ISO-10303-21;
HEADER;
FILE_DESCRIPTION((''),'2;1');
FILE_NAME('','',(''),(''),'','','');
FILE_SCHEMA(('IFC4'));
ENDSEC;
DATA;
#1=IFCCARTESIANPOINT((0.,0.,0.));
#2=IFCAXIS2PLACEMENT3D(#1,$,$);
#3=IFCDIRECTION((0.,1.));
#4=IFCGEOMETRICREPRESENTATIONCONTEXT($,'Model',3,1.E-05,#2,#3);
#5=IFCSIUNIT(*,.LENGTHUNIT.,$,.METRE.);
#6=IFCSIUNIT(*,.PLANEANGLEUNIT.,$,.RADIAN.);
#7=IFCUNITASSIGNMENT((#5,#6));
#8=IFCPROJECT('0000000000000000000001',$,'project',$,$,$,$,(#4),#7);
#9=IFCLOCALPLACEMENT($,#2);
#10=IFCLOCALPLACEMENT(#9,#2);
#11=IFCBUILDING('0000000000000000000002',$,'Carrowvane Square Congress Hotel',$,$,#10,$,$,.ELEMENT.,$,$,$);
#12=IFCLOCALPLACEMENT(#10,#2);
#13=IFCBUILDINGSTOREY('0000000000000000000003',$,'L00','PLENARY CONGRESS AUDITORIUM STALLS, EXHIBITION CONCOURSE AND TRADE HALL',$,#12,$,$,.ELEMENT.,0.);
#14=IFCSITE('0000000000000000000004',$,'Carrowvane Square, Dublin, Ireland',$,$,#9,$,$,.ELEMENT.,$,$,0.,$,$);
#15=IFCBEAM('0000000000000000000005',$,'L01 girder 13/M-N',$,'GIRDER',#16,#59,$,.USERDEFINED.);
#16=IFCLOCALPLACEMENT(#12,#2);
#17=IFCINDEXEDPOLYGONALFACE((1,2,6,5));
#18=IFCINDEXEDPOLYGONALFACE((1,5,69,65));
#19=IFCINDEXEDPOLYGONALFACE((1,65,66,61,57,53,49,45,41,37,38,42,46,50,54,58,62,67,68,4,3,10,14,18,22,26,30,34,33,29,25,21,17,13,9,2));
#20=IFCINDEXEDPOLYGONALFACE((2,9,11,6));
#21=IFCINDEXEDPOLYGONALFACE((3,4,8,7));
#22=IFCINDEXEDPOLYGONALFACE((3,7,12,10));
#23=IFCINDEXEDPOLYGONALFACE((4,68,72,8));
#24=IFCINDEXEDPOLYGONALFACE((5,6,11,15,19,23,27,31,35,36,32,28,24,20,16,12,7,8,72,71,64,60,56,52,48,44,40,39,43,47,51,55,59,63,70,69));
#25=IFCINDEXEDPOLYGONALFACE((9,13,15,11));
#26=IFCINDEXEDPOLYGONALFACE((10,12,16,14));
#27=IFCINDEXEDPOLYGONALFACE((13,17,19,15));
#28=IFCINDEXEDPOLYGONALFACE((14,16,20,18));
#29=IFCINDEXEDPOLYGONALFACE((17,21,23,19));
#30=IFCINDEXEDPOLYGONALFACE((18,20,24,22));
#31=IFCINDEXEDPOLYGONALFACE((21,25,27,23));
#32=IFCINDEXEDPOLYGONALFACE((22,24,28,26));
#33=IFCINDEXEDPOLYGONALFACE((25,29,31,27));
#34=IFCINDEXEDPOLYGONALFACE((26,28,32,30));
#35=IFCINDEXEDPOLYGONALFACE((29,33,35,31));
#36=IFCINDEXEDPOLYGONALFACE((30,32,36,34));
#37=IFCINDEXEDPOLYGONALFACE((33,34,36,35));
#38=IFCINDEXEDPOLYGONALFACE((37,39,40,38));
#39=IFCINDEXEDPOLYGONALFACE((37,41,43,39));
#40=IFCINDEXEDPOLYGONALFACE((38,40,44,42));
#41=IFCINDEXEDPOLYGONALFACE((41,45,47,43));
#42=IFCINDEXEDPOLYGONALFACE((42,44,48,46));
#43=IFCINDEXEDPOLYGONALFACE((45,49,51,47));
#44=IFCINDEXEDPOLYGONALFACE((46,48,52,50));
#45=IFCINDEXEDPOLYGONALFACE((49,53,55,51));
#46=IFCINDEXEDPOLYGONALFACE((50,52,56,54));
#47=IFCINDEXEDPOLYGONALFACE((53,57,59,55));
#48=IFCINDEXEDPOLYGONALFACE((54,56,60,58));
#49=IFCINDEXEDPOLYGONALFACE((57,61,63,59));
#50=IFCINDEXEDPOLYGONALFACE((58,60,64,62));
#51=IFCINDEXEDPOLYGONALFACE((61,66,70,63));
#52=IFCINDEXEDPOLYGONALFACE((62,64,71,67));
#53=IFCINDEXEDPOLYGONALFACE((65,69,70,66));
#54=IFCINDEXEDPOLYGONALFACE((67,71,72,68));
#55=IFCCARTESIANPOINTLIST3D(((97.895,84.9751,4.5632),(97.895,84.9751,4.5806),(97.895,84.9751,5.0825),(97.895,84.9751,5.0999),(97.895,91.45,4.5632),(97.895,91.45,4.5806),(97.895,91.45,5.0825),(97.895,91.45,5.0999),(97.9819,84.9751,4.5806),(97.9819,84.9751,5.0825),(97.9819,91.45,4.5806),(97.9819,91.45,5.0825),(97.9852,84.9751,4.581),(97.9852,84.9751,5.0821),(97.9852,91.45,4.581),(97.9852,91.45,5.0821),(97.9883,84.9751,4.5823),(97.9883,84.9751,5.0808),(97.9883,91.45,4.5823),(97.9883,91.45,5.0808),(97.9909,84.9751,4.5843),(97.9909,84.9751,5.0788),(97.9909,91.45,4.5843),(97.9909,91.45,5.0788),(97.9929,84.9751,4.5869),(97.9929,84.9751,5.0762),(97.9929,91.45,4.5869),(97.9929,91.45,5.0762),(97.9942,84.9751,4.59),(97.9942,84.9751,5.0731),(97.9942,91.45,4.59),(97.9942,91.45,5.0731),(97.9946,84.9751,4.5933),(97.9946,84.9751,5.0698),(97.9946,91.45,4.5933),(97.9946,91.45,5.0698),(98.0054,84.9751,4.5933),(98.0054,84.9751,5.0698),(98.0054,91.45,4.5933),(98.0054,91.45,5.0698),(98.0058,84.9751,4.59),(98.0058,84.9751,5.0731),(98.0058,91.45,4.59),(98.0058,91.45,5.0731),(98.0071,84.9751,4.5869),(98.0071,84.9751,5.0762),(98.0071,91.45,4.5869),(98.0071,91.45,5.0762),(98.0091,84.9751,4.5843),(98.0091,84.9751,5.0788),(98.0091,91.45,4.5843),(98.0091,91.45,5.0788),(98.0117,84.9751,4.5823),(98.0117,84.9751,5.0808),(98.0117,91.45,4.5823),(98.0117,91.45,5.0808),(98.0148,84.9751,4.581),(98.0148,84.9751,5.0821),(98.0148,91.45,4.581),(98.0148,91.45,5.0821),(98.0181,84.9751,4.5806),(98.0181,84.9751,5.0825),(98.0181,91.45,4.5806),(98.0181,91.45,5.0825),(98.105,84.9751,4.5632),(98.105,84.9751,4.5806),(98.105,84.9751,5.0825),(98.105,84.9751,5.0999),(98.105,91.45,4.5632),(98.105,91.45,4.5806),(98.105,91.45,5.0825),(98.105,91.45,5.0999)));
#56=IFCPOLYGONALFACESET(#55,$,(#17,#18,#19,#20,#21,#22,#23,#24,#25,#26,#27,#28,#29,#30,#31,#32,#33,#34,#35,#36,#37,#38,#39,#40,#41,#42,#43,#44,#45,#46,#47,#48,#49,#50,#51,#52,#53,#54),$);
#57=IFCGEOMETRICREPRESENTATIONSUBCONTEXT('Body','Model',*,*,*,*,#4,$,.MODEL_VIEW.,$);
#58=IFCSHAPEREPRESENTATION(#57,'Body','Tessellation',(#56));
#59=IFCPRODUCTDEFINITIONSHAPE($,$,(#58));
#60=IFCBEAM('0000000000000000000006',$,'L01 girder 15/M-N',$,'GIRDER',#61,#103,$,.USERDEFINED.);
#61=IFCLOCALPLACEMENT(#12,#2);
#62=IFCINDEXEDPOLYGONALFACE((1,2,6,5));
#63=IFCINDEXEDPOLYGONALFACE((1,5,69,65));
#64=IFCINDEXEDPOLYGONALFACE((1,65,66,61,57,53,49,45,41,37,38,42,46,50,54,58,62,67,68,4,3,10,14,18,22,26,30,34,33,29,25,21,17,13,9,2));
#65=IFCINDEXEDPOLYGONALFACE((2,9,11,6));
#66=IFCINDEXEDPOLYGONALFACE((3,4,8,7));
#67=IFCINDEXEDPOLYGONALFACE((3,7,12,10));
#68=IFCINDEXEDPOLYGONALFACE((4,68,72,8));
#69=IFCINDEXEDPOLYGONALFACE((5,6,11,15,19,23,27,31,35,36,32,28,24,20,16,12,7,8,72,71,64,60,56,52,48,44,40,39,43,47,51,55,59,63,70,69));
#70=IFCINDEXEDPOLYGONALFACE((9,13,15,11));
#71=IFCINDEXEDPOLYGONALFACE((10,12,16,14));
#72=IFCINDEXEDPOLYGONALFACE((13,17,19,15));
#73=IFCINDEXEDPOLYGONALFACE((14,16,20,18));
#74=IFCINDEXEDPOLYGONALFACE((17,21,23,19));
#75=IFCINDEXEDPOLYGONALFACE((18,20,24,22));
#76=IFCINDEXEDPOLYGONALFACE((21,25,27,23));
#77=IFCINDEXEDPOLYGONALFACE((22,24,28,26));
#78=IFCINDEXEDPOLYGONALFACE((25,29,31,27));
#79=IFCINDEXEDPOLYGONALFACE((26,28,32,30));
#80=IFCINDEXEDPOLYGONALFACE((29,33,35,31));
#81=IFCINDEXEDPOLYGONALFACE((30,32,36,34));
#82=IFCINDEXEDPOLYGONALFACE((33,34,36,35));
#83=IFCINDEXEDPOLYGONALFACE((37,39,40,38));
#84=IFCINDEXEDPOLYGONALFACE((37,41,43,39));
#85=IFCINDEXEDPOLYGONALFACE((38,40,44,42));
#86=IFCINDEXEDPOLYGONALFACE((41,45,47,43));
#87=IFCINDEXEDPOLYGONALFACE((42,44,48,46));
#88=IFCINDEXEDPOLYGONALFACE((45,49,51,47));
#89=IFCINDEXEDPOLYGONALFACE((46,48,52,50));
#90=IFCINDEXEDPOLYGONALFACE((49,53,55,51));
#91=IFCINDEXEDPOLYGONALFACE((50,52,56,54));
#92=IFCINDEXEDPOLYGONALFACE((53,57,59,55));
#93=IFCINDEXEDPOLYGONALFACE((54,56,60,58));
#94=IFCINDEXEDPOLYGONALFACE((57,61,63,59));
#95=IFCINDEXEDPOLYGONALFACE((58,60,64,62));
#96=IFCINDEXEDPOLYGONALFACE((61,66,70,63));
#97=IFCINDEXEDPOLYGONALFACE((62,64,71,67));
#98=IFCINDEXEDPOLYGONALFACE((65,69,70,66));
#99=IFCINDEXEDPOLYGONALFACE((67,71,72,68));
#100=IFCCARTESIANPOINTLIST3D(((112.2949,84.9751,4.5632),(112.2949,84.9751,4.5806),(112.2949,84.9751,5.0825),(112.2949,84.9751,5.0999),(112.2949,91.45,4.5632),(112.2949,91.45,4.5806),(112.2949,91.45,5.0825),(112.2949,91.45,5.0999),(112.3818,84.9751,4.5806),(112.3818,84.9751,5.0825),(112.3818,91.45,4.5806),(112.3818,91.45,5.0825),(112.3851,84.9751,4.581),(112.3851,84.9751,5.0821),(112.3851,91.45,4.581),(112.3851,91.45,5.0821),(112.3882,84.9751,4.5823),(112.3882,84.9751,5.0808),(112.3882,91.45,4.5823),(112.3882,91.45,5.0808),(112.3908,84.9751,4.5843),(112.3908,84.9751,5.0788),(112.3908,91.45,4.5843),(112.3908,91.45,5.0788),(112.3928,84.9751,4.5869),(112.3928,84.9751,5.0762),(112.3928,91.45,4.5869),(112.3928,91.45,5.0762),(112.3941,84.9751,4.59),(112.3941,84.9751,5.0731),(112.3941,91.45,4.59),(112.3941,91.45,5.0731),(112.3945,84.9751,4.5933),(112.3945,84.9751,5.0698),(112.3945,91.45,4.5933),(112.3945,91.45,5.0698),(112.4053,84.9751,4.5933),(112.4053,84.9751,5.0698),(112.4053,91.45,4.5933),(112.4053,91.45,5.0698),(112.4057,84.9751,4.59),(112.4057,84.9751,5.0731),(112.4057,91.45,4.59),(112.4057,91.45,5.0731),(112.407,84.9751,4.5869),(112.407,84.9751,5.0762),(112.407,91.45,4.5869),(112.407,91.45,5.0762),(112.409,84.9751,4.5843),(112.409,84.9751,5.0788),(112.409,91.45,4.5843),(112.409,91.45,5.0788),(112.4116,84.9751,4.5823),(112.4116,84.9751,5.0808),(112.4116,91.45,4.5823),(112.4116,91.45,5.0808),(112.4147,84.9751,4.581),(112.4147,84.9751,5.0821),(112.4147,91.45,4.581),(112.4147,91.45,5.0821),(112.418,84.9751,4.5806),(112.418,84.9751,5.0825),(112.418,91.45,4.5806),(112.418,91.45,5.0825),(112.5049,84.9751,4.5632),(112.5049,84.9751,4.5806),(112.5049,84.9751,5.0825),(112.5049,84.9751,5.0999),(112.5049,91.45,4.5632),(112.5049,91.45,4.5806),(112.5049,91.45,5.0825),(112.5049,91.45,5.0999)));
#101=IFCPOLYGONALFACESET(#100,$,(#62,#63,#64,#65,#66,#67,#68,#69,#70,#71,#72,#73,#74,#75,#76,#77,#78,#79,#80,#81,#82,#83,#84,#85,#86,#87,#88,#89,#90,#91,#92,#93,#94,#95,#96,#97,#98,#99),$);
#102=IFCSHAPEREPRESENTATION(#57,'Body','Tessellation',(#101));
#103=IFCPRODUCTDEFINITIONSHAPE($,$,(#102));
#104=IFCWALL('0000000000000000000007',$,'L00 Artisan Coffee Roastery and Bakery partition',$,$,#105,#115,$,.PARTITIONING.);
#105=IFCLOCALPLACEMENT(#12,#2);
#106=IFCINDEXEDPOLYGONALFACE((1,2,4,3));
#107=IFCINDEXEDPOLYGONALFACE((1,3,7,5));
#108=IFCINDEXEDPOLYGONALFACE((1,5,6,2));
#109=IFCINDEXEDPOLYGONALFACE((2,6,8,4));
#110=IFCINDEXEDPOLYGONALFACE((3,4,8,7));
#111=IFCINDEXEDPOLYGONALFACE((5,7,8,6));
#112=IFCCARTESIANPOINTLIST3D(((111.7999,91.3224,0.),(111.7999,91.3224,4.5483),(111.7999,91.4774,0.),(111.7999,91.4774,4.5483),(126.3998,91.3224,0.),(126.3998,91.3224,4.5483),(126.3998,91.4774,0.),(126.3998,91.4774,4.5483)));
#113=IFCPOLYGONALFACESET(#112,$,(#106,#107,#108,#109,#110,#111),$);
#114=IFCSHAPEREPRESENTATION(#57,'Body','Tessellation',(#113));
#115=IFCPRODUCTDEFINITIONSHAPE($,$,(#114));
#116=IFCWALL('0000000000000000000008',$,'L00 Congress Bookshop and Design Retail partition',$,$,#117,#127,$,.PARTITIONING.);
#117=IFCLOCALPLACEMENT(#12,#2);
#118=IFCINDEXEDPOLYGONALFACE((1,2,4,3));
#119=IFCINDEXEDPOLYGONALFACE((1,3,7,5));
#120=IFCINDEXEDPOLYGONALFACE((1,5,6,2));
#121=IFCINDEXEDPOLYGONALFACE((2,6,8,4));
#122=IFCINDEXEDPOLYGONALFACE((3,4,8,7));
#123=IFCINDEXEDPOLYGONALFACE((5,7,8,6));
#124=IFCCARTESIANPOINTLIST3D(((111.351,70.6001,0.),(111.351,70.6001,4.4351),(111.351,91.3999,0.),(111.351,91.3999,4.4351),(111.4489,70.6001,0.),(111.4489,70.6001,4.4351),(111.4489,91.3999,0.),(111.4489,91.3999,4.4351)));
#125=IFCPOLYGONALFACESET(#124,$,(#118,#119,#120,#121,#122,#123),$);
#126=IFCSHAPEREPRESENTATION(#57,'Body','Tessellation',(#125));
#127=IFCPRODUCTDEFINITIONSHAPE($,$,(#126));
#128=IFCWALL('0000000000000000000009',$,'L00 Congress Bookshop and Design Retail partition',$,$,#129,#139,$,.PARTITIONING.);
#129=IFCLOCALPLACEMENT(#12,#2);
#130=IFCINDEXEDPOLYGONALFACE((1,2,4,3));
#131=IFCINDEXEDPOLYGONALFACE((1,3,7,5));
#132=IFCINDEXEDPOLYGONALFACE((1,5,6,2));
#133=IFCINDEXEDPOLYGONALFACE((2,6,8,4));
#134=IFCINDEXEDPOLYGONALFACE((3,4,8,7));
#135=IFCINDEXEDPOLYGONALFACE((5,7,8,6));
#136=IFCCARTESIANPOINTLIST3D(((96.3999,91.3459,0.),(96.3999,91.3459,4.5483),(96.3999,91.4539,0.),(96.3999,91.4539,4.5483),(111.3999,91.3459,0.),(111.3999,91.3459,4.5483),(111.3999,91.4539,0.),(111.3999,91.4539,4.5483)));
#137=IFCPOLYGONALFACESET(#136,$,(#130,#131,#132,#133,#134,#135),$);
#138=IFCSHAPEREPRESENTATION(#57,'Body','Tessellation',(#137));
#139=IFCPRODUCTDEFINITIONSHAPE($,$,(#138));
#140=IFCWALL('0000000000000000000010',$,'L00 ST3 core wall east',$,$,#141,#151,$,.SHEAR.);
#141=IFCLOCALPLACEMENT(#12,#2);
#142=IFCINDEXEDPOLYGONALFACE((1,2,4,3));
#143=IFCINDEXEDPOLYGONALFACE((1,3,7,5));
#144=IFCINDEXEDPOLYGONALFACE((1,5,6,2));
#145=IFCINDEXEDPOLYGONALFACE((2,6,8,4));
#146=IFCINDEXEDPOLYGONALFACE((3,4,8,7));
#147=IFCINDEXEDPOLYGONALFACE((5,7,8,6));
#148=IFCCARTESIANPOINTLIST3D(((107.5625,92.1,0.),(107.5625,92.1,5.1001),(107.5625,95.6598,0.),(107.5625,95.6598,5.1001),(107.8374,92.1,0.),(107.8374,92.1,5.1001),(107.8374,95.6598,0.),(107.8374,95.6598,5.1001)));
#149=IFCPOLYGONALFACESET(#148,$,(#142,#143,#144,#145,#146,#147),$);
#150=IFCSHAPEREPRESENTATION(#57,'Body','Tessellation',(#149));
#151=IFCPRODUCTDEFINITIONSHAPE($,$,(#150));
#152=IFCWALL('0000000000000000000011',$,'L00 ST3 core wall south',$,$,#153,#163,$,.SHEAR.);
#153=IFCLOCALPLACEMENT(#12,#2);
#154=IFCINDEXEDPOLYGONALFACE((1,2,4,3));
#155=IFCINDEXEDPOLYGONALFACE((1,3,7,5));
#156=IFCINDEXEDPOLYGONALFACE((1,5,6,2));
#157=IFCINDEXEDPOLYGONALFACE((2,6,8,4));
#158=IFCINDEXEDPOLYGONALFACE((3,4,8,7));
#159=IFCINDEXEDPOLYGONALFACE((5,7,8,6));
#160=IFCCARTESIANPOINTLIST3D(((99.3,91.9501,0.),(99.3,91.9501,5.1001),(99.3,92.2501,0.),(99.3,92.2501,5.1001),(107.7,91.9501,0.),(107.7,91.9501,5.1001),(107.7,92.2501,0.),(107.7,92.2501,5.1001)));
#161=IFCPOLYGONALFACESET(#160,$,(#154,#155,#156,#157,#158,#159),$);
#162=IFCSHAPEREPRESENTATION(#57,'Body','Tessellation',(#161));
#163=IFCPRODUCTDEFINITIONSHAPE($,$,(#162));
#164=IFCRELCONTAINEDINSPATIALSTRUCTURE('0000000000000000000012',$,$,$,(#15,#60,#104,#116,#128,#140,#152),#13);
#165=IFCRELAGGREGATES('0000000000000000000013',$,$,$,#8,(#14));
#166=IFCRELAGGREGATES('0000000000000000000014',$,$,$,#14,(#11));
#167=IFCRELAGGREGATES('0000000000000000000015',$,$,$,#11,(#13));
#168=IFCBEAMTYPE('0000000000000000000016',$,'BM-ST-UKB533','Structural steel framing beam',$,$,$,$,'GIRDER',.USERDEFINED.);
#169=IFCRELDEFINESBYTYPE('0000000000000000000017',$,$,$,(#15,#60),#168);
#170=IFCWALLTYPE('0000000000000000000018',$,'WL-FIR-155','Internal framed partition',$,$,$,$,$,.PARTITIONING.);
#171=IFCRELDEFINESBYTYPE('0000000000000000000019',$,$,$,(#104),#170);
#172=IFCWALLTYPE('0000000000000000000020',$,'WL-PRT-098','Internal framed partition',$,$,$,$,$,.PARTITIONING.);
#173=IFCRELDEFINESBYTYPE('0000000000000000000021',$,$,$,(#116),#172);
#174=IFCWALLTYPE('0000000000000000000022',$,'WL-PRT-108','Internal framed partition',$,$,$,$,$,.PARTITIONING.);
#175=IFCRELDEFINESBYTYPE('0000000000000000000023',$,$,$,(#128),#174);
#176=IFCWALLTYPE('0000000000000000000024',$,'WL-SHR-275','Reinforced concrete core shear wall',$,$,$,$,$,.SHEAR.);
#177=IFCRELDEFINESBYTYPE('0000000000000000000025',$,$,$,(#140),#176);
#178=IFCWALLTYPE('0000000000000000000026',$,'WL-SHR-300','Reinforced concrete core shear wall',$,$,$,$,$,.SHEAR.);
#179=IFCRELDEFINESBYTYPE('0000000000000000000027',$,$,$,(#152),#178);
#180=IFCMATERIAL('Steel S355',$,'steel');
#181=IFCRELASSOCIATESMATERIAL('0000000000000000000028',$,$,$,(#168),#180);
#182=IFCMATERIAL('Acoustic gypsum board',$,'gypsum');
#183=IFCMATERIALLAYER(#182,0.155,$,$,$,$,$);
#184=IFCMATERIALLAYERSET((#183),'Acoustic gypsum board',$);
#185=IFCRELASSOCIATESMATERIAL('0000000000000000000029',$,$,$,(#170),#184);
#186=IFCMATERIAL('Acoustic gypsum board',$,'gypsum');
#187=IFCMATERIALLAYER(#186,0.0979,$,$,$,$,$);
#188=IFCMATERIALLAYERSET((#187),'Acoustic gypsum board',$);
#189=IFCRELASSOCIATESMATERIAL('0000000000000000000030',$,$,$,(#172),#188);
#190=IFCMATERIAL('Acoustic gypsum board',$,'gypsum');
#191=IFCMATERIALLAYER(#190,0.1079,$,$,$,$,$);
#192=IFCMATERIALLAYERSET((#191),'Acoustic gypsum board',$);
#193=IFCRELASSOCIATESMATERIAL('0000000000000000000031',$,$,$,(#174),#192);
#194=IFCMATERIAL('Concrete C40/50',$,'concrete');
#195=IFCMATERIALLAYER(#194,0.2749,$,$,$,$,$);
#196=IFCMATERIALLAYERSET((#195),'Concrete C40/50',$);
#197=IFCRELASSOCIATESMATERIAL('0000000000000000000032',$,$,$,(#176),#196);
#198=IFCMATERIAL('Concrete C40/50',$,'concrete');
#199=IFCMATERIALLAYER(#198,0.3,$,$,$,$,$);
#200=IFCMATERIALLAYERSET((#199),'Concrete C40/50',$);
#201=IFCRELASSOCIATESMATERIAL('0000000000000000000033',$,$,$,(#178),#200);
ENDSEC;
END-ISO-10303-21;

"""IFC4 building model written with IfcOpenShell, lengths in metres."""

from ifc_helpers import new_model, si_unit, direction, frame, frame_2d, origin, origin_2d, place, context, subcontext, project, spatial, rectangle, i_section, extrude, material, layer, layer_set, material_profile, profile_set, type_object, element, save


model = new_model("IFC4")

# Units and contexts
model_context = context("Model", 3, precision=1e-05, world=origin(), true_north=direction((0.0, 1.0)))
body_context = subcontext(model_context, "Body", "Model", "MODEL_VIEW")
ifc_project = project(units=[si_unit("LENGTHUNIT", "METRE"), si_unit("PLANEANGLEUNIT", "RADIAN")], contexts=[model_context])

# Site, building, storey
site_placement = place(None, origin())
site = spatial("IfcSite", under=ifc_project, at=site_placement, Name="Carrowvane Square, Dublin, Ireland", CompositionType="ELEMENT", RefElevation=0.0)
building_placement = place(site_placement, origin())
building = spatial("IfcBuilding", under=site, at=building_placement, Name="Carrowvane Square Congress Hotel", CompositionType="ELEMENT")
storey_placement = place(building_placement, origin())
storey = spatial("IfcBuildingStorey", under=building, at=storey_placement, Name="L00", Description="PLENARY CONGRESS AUDITORIUM STALLS, EXHIBITION CONCOURSE AND TRADE HALL", CompositionType="ELEMENT", Elevation=0.0)

# Beams
ifc_material_1 = material(Name="Steel S355", Category="steel")
ifc_material_profile_1 = material_profile(ifc_material_1, i_section(OverallWidth=0.21, OverallDepth=0.5366, WebThickness=0.0107, FlangeThickness=0.0173, FilletRadius=0.0127, at=origin_2d()), Name="UKB 533x210x101")
ifc_profile_set_1 = profile_set([ifc_material_profile_1], Name="Steel S355")
beam_type_1 = type_object("IfcBeamType", Name="BM-ST-UKB533", Description="Structural steel framing beam", ElementType="GIRDER", PredefinedType="USERDEFINED", material=ifc_profile_set_1)
for number, where, z_axis, x_axis, name in (
    (1, (98.0, 84.9751, 4.8315), (0.0, 1.0, 0.0), (-1.0, 0.0, 0.0), "L01 girder 13/M-N"),
    (2, (112.3999, 84.9751, 4.8315), (0.0, 1.0, 0.0), (-1.0, 0.0, 0.0), "L01 girder 15/M-N"),
):
    element("IfcBeam", number, at=place(storey_placement, frame(where, z_axis=z_axis, x_axis=x_axis)), inside=storey, type_object=beam_type_1, Name=name, ObjectType="GIRDER", PredefinedType="USERDEFINED", context=body_context, shape_type="SweptSolid", body=[
        extrude(i_section(OverallWidth=0.21, OverallDepth=0.5366, WebThickness=0.0107, FlangeThickness=0.0173, FilletRadius=0.0127, at=origin_2d()), origin(), (0.0, 0.0, 1.0), 6.4749),
    ])

# Walls
ifc_material_2 = material(Name="Acoustic gypsum board", Category="gypsum")
ifc_layer_1 = layer(ifc_material_2, 0.155)
ifc_layer_set_1 = layer_set([ifc_layer_1], Name="Acoustic gypsum board")
wall_type_1 = type_object("IfcWallType", Name="WL-FIR-155", Description="Internal framed partition", PredefinedType="PARTITIONING", material=ifc_layer_set_1)
wall_1_placement = place(storey_placement, frame((111.8, 91.3999, 0.0), z_axis=(0.0, 0.0, 1.0), x_axis=(1.0, 0.0, 0.0)))
element("IfcWall", 3, at=wall_1_placement, inside=storey, type_object=wall_type_1, Name="L00 Artisan Coffee Roastery and Bakery partition", PredefinedType="PARTITIONING", context=body_context, shape_type="SweptSolid", body=[
    extrude(rectangle(XDim=14.5999, YDim=0.155, at=frame_2d((7.2998, 0.0))), origin(), (0.0, 0.0, 1.0), 4.5483),
])
ifc_material_3 = material(Name="Acoustic gypsum board", Category="gypsum")
ifc_layer_2 = layer(ifc_material_3, 0.0979)
ifc_layer_set_2 = layer_set([ifc_layer_2], Name="Acoustic gypsum board")
wall_type_2 = type_object("IfcWallType", Name="WL-PRT-098", Description="Internal framed partition", PredefinedType="PARTITIONING", material=ifc_layer_set_2)
wall_2_placement = place(storey_placement, frame((111.3999, 91.3999, 0.0), z_axis=(0.0, 0.0, 1.0), x_axis=(0.0, -1.0, 0.0)))
element("IfcWall", 4, at=wall_2_placement, inside=storey, type_object=wall_type_2, Name="L00 Congress Bookshop and Design Retail partition", PredefinedType="PARTITIONING", context=body_context, shape_type="SweptSolid", body=[
    extrude(rectangle(XDim=20.7998, YDim=0.0979, at=frame_2d((10.3999, 0.0))), origin(), (0.0, 0.0, 1.0), 4.4351),
])
ifc_material_4 = material(Name="Acoustic gypsum board", Category="gypsum")
ifc_layer_3 = layer(ifc_material_4, 0.1079)
ifc_layer_set_3 = layer_set([ifc_layer_3], Name="Acoustic gypsum board")
wall_type_3 = type_object("IfcWallType", Name="WL-PRT-108", Description="Internal framed partition", PredefinedType="PARTITIONING", material=ifc_layer_set_3)
wall_3_placement = place(storey_placement, frame((96.3999, 91.3999, 0.0), z_axis=(0.0, 0.0, 1.0), x_axis=(1.0, 0.0, 0.0)))
element("IfcWall", 5, at=wall_3_placement, inside=storey, type_object=wall_type_3, Name="L00 Congress Bookshop and Design Retail partition", PredefinedType="PARTITIONING", context=body_context, shape_type="SweptSolid", body=[
    extrude(rectangle(XDim=15.0, YDim=0.1079, at=frame_2d((7.5, 0.0))), origin(), (0.0, 0.0, 1.0), 4.5483),
])
ifc_material_5 = material(Name="Concrete C40/50", Category="concrete")
ifc_layer_4 = layer(ifc_material_5, 0.2749)
ifc_layer_set_4 = layer_set([ifc_layer_4], Name="Concrete C40/50")
wall_type_4 = type_object("IfcWallType", Name="WL-SHR-275", Description="Reinforced concrete core shear wall", PredefinedType="SHEAR", material=ifc_layer_set_4)
wall_4_placement = place(storey_placement, frame((107.7, 92.1001, 0.0), z_axis=(0.0, 0.0, 1.0), x_axis=(0.0, 1.0, 0.0)))
element("IfcWall", 6, at=wall_4_placement, inside=storey, type_object=wall_type_4, Name="L00 ST3 core wall east", PredefinedType="SHEAR", context=body_context, shape_type="SweptSolid", body=[
    extrude(rectangle(XDim=3.5598, YDim=0.2749, at=frame_2d((1.7798, 0.0))), origin(), (0.0, 0.0, 1.0), 5.1001),
])
ifc_material_6 = material(Name="Concrete C40/50", Category="concrete")
ifc_layer_5 = layer(ifc_material_6, 0.3)
ifc_layer_set_5 = layer_set([ifc_layer_5], Name="Concrete C40/50")
wall_type_5 = type_object("IfcWallType", Name="WL-SHR-300", Description="Reinforced concrete core shear wall", PredefinedType="SHEAR", material=ifc_layer_set_5)
wall_5_placement = place(storey_placement, frame((99.3, 92.1001, 0.0), z_axis=(0.0, 0.0, 1.0), x_axis=(1.0, 0.0, 0.0)))
element("IfcWall", 7, at=wall_5_placement, inside=storey, type_object=wall_type_5, Name="L00 ST3 core wall south", PredefinedType="SHEAR", context=body_context, shape_type="SweptSolid", body=[
    extrude(rectangle(XDim=8.3999, YDim=0.3, at=frame_2d((4.2, 0.0))), origin(), (0.0, 0.0, 1.0), 5.1001),
])

save(model, "model.ifc")
